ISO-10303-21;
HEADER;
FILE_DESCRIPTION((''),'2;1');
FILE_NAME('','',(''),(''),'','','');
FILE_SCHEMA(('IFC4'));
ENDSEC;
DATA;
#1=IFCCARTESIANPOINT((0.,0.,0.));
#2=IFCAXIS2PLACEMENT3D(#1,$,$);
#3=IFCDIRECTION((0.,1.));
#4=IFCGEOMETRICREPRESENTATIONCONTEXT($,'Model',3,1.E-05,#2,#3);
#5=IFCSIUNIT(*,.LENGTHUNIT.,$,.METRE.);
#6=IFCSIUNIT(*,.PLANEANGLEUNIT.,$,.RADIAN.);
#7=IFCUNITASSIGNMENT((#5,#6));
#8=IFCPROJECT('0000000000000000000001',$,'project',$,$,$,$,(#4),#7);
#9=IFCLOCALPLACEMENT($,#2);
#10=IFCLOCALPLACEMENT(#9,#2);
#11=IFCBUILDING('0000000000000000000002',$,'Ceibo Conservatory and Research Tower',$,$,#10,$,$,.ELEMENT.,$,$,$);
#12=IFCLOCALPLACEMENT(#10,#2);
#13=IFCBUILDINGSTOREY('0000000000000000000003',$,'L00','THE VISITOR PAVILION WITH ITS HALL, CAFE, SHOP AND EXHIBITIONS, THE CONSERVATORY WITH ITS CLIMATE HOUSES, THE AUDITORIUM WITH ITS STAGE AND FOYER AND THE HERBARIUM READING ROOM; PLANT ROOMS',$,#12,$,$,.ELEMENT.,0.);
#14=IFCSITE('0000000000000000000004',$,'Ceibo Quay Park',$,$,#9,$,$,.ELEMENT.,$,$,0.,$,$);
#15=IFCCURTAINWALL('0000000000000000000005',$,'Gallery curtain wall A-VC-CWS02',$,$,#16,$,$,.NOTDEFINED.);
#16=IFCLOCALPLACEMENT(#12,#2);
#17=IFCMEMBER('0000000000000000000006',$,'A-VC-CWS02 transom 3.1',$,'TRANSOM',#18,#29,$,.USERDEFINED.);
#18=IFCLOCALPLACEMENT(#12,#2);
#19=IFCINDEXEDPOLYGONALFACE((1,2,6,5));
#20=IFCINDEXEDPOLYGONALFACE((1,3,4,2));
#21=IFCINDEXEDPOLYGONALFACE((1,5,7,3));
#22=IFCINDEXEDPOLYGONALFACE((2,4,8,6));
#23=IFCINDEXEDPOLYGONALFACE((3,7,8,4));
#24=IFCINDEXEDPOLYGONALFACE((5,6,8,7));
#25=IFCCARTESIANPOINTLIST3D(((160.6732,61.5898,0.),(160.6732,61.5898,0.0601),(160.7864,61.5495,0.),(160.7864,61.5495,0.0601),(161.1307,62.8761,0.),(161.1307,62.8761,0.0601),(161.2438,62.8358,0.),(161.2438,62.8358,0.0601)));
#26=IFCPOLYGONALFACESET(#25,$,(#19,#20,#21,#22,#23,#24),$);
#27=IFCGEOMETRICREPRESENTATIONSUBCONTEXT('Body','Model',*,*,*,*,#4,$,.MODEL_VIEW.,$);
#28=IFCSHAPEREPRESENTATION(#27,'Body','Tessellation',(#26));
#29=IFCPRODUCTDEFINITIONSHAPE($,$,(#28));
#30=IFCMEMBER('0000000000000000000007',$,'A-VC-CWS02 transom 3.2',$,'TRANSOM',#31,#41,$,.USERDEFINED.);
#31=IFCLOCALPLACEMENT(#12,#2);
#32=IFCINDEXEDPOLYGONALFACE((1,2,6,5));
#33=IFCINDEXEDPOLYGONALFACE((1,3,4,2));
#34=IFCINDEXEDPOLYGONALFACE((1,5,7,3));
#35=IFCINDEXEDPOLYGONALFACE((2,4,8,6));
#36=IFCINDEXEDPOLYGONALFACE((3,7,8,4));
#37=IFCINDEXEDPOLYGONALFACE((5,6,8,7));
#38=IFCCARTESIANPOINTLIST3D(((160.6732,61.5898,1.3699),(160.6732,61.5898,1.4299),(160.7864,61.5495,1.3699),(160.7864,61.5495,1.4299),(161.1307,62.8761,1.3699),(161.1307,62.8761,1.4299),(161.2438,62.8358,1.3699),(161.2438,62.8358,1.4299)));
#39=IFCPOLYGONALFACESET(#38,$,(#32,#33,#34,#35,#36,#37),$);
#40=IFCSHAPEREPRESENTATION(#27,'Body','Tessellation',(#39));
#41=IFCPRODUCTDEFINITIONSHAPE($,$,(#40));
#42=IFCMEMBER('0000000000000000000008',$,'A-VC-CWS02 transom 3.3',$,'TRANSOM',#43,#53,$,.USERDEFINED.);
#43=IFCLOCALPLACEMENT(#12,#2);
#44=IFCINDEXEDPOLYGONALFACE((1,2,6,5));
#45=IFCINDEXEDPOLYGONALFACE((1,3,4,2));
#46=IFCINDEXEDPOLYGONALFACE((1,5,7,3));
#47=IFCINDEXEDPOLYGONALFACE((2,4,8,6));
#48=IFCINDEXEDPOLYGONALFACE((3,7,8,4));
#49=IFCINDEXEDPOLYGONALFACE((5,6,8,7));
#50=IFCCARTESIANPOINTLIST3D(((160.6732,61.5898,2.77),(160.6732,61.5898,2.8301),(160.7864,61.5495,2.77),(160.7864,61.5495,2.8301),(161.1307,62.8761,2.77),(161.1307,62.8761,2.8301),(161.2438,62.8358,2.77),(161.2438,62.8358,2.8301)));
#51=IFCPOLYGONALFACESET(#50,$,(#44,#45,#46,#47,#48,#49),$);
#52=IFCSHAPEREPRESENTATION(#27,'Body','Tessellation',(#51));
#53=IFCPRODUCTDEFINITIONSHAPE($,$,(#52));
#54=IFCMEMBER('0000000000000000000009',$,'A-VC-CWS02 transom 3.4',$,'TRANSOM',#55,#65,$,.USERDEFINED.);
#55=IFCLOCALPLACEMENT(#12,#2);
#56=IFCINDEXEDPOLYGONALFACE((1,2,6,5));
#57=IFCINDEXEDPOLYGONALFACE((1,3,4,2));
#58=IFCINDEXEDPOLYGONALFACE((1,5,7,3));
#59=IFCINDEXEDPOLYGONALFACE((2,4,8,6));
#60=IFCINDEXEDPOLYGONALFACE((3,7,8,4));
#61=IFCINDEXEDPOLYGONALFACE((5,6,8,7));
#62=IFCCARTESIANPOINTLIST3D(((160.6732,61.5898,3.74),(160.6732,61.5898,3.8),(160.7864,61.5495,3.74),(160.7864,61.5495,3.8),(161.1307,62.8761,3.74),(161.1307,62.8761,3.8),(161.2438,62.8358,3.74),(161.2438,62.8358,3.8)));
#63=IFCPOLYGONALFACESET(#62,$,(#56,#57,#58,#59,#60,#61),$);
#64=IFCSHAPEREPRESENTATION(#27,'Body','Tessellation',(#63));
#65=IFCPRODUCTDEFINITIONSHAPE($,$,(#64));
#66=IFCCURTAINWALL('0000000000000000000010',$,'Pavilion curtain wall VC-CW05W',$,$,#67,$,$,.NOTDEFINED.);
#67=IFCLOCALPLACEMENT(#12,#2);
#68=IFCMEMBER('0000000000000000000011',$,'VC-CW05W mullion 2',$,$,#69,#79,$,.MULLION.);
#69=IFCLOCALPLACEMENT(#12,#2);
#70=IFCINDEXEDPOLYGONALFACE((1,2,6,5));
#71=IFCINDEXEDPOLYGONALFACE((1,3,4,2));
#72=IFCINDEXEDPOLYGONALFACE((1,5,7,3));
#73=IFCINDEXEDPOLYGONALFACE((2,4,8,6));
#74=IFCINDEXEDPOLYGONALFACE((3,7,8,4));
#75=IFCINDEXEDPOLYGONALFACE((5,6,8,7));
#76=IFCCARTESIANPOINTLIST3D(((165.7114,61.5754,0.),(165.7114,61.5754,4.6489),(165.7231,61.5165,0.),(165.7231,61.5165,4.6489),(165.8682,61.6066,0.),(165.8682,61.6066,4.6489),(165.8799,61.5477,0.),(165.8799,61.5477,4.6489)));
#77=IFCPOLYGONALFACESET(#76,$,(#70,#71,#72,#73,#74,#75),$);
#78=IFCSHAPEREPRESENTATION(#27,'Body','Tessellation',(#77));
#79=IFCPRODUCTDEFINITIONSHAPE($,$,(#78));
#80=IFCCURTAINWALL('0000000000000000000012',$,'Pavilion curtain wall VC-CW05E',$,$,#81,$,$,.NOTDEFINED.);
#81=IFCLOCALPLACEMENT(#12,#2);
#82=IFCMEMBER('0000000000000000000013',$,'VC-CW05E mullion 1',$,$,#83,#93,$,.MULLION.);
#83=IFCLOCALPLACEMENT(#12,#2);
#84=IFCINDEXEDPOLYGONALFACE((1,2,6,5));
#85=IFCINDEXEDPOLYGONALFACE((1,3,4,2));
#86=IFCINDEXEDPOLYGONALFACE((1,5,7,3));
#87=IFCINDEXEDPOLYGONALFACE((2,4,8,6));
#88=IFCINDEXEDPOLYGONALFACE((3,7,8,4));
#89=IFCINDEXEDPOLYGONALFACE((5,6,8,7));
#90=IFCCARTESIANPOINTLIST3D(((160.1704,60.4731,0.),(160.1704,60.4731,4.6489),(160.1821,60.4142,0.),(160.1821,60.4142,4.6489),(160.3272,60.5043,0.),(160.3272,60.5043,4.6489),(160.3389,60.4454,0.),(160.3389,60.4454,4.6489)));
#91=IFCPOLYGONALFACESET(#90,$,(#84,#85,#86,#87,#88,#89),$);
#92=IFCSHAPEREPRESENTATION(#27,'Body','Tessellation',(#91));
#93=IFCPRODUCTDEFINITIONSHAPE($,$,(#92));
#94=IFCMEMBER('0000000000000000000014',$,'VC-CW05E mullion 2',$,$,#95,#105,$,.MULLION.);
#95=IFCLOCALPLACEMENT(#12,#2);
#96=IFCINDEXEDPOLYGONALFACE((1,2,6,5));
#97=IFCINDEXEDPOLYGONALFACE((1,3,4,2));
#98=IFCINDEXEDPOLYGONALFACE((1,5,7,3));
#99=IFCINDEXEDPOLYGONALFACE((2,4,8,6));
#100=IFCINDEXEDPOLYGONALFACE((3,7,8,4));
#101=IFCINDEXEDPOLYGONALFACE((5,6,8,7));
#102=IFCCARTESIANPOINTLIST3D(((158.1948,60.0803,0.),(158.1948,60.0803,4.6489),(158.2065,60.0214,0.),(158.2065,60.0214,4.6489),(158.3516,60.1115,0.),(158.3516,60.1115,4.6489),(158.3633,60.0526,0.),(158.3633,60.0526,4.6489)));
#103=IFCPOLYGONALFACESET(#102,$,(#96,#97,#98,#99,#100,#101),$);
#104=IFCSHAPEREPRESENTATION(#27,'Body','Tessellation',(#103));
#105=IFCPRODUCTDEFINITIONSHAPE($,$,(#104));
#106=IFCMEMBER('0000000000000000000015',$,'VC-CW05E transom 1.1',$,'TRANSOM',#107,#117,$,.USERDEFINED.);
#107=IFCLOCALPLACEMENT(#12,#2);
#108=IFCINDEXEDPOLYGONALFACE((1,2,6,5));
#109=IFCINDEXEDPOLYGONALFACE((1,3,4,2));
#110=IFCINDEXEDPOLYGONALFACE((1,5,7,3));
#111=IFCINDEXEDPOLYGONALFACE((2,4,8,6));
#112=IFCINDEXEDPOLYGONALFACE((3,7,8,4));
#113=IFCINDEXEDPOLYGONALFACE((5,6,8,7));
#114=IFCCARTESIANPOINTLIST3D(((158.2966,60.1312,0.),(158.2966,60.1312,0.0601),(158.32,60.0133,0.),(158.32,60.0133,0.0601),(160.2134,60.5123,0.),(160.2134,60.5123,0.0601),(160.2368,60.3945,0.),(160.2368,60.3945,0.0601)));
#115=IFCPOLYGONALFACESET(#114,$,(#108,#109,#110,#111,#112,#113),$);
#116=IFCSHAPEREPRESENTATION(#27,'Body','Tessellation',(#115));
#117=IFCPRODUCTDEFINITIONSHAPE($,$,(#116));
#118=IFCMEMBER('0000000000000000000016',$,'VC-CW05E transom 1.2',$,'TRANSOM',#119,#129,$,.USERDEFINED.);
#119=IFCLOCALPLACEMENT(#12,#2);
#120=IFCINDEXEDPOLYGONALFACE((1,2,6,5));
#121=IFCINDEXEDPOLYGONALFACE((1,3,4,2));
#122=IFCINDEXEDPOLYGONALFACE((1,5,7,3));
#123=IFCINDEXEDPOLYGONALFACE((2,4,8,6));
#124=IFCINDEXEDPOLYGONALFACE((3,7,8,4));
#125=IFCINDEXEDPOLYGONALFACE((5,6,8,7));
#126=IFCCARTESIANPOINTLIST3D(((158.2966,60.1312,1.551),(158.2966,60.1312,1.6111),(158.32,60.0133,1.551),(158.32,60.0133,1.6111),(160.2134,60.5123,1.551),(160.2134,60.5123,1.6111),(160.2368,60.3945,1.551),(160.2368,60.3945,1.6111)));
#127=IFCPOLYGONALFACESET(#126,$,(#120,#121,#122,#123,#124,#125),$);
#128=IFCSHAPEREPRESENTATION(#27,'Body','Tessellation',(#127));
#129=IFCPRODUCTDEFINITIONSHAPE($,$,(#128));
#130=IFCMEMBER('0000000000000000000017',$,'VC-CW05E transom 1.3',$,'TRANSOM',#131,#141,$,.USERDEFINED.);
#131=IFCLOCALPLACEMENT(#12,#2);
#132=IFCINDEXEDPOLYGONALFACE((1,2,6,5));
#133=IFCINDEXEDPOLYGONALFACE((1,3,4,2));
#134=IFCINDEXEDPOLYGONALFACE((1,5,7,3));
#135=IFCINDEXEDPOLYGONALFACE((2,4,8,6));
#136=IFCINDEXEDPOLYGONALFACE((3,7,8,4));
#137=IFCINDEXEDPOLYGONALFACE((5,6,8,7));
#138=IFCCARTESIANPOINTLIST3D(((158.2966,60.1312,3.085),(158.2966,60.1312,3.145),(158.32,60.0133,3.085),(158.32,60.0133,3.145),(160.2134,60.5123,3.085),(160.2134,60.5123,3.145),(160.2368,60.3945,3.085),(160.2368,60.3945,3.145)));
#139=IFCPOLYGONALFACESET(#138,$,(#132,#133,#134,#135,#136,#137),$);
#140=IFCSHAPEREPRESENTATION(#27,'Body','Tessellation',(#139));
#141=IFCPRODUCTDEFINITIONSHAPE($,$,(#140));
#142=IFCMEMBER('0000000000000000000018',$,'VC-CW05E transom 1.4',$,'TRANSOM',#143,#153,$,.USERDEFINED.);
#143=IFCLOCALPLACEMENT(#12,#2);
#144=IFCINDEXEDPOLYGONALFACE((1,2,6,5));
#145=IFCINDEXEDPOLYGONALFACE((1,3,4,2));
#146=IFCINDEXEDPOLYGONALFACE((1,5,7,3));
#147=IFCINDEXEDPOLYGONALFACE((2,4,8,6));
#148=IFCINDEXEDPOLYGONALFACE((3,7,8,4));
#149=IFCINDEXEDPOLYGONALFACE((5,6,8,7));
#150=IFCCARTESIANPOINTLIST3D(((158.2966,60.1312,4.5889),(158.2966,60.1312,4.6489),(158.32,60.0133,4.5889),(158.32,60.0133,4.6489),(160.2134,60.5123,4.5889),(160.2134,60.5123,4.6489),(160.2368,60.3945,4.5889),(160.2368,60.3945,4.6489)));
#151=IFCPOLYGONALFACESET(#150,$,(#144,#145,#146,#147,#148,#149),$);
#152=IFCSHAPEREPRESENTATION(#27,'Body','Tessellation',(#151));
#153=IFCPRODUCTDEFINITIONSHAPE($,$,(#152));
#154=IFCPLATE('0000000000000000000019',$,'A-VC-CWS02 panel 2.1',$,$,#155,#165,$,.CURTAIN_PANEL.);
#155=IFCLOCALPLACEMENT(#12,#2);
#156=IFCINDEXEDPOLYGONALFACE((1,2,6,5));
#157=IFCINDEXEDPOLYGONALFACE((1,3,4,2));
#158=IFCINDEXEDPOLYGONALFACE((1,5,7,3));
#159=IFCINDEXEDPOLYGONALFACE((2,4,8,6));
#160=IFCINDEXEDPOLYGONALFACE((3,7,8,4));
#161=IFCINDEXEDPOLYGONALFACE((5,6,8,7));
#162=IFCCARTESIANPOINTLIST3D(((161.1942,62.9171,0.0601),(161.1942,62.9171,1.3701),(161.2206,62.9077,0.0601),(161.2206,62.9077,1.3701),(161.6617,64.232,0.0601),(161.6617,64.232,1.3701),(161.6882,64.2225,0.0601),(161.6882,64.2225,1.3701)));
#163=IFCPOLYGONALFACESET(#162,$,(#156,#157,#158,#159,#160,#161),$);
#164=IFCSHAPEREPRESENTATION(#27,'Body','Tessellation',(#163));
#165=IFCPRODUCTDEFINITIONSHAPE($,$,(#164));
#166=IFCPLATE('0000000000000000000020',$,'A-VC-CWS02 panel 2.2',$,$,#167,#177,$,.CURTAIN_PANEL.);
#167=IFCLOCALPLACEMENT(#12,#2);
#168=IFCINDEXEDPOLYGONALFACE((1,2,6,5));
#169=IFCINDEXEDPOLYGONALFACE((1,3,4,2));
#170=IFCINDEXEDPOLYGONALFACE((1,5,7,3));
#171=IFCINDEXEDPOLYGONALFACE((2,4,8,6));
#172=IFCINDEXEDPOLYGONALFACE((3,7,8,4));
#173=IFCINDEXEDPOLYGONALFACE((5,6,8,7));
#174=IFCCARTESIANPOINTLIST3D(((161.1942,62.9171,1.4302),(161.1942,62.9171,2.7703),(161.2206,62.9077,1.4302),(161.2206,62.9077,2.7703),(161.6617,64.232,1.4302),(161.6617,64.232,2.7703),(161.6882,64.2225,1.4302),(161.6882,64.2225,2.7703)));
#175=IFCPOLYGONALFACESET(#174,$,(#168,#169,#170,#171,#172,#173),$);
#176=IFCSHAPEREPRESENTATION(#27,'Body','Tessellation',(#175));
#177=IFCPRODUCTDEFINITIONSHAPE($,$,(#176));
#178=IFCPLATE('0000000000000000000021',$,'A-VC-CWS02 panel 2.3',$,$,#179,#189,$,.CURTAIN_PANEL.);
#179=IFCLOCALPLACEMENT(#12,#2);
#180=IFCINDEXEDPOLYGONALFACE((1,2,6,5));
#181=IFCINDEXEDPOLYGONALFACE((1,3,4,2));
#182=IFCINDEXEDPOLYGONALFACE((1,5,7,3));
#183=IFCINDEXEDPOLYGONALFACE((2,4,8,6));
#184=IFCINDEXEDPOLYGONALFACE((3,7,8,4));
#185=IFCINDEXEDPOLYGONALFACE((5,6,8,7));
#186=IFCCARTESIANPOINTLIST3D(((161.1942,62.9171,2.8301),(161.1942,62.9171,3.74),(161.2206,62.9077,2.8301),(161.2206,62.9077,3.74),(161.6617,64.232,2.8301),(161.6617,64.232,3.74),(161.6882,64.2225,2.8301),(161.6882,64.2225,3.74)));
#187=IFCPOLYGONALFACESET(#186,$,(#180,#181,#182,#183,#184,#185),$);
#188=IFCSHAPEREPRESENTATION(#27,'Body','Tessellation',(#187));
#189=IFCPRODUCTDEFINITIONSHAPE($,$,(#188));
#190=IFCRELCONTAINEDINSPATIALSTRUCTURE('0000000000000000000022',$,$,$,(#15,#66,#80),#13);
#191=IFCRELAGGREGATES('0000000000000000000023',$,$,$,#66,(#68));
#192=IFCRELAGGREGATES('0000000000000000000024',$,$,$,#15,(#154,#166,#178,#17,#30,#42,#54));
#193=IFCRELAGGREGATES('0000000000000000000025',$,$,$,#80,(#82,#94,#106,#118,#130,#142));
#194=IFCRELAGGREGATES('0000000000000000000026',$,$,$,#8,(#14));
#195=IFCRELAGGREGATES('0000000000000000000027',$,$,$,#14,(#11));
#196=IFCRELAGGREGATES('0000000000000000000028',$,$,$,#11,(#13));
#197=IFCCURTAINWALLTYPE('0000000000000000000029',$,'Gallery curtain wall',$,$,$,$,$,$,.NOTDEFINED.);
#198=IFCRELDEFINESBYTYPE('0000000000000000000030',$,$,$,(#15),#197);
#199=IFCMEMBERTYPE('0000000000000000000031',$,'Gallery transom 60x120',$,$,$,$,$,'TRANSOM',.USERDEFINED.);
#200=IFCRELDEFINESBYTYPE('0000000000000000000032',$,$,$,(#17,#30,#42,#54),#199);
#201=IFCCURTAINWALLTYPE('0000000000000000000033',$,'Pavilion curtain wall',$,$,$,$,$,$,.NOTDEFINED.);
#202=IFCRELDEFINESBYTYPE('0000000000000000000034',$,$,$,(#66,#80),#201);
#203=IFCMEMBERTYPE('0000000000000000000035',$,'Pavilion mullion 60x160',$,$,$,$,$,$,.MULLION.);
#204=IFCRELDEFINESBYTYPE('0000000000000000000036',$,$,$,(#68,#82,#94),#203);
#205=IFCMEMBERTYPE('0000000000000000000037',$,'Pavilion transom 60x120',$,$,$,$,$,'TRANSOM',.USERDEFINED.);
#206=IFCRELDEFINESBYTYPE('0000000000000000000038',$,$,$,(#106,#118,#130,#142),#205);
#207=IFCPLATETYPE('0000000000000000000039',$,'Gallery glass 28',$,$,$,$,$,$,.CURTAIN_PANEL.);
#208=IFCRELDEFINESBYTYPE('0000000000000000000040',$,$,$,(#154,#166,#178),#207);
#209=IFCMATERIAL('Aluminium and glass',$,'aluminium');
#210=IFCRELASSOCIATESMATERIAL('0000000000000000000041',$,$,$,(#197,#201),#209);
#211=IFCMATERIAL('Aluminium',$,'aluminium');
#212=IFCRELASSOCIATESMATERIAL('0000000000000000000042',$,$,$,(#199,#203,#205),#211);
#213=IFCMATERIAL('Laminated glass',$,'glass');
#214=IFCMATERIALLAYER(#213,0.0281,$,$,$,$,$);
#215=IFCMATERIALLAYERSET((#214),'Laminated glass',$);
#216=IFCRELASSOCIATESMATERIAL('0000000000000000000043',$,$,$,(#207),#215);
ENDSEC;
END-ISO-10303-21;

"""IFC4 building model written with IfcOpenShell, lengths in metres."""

from ifc_helpers import new_model, si_unit, direction, frame, origin, origin_2d, place, context, subcontext, project, spatial, rectangle, extrude, material, layer, layer_set, material_profile, profile_set, type_object, element, aggregate, save


model = new_model("IFC4")

# Units and contexts
model_context = context("Model", 3, precision=1e-05, world=origin(), true_north=direction((0.0, 1.0)))
body_context = subcontext(model_context, "Body", "Model", "MODEL_VIEW")
ifc_project = project(units=[si_unit("LENGTHUNIT", "METRE"), si_unit("PLANEANGLEUNIT", "RADIAN")], contexts=[model_context])

# Site, building, storey
site_placement = place(None, origin())
site = spatial("IfcSite", under=ifc_project, at=site_placement, Name="Ceibo Quay Park", CompositionType="ELEMENT", RefElevation=0.0)
building_placement = place(site_placement, origin())
building = spatial("IfcBuilding", under=site, at=building_placement, Name="Ceibo Conservatory and Research Tower", CompositionType="ELEMENT")
storey_placement = place(building_placement, origin())
storey = spatial("IfcBuildingStorey", under=building, at=storey_placement, Name="L00", Description="THE VISITOR PAVILION WITH ITS HALL, CAFE, SHOP AND EXHIBITIONS, THE CONSERVATORY WITH ITS CLIMATE HOUSES, THE AUDITORIUM WITH ITS STAGE AND FOYER AND THE HERBARIUM READING ROOM; PLANT ROOMS", CompositionType="ELEMENT", Elevation=0.0)

# Curtain wall, members
ifc_material_1 = material(Name="Aluminium and glass", Category="aluminium")
curtain_wall_type_1 = type_object("IfcCurtainWallType", Name="Gallery curtain wall", PredefinedType="NOTDEFINED", material=ifc_material_1)
curtain_wall_1_placement = place(storey_placement, origin())
curtain_wall_1 = element("IfcCurtainWall", 1, at=curtain_wall_1_placement, inside=storey, type_object=curtain_wall_type_1, Name="Gallery curtain wall A-VC-CWS02", PredefinedType="NOTDEFINED")
ifc_material_2 = material(Name="Aluminium", Category="aluminium")
ifc_material_profile_1 = material_profile(ifc_material_2, rectangle(XDim=0.1201, YDim=0.0601, at=origin_2d()), Name="AL 60x120")
ifc_profile_set_1 = profile_set([ifc_material_profile_1], Name="Aluminium")
member_type_1 = type_object("IfcMemberType", Name="Gallery transom 60x120", ElementType="TRANSOM", PredefinedType="USERDEFINED", material=ifc_profile_set_1)
member_1_placement = place(storey_placement, frame((161.1873, 62.856, 0.03), z_axis=(-0.335101, -0.942182, 0.0), x_axis=(0.942182, -0.335101, 0.0)))
member_1 = element("IfcMember", 2, at=member_1_placement, type_object=member_type_1, Name="A-VC-CWS02 transom 3.1", ObjectType="TRANSOM", PredefinedType="USERDEFINED", context=body_context, shape_type="SweptSolid", body=[
    extrude(rectangle(XDim=0.1201, YDim=0.0601, at=origin_2d()), origin(), (0.0, 0.0, 1.0), 1.3652),
])
member_2_placement = place(storey_placement, frame((161.1873, 62.856, 1.3999), z_axis=(-0.335101, -0.942182, 0.0), x_axis=(0.942182, -0.335101, 0.0)))
member_2 = element("IfcMember", 3, at=member_2_placement, type_object=member_type_1, Name="A-VC-CWS02 transom 3.2", ObjectType="TRANSOM", PredefinedType="USERDEFINED", context=body_context, shape_type="SweptSolid", body=[
    extrude(rectangle(XDim=0.1201, YDim=0.0601, at=origin_2d()), origin(), (0.0, 0.0, 1.0), 1.3652),
])
member_3_placement = place(storey_placement, frame((161.1873, 62.856, 2.8), z_axis=(-0.335101, -0.942182, 0.0), x_axis=(0.942182, -0.335101, 0.0)))
member_3 = element("IfcMember", 4, at=member_3_placement, type_object=member_type_1, Name="A-VC-CWS02 transom 3.3", ObjectType="TRANSOM", PredefinedType="USERDEFINED", context=body_context, shape_type="SweptSolid", body=[
    extrude(rectangle(XDim=0.1201, YDim=0.0601, at=origin_2d()), origin(), (0.0, 0.0, 1.0), 1.3652),
])
member_4_placement = place(storey_placement, frame((161.1873, 62.856, 3.77), z_axis=(-0.335101, -0.942182, 0.0), x_axis=(0.942182, -0.335101, 0.0)))
member_4 = element("IfcMember", 5, at=member_4_placement, type_object=member_type_1, Name="A-VC-CWS02 transom 3.4", ObjectType="TRANSOM", PredefinedType="USERDEFINED", context=body_context, shape_type="SweptSolid", body=[
    extrude(rectangle(XDim=0.1201, YDim=0.0601, at=origin_2d()), origin(), (0.0, 0.0, 1.0), 1.3652),
])

# Curtain wall, member
curtain_wall_type_2 = type_object("IfcCurtainWallType", Name="Pavilion curtain wall", PredefinedType="NOTDEFINED", material=ifc_material_1)
curtain_wall_2_placement = place(storey_placement, origin())
curtain_wall_2 = element("IfcCurtainWall", 6, at=curtain_wall_2_placement, inside=storey, type_object=curtain_wall_type_2, Name="Pavilion curtain wall VC-CW05W", PredefinedType="NOTDEFINED")
ifc_material_profile_2 = material_profile(ifc_material_2, rectangle(XDim=0.0601, YDim=0.1599, at=origin_2d()), Name="AL 60x160")
ifc_profile_set_2 = profile_set([ifc_material_profile_2], Name="Aluminium")
member_type_2 = type_object("IfcMemberType", Name="Pavilion mullion 60x160", PredefinedType="MULLION", material=ifc_profile_set_2)
member_5_placement = place(storey_placement, frame((165.7957, 61.5615, 0.0), z_axis=(0.0, 0.0, 1.0), x_axis=(0.19509, -0.980785, 0.0)))
member_5 = element("IfcMember", 7, at=member_5_placement, type_object=member_type_2, Name="VC-CW05W mullion 2", PredefinedType="MULLION", context=body_context, shape_type="SweptSolid", body=[
    extrude(rectangle(XDim=0.0601, YDim=0.1599, at=origin_2d()), origin(), (0.0, 0.0, 1.0), 4.6489),
])
aggregate(curtain_wall_2, [member_5])

# Curtain wall, members
curtain_wall_3_placement = place(storey_placement, origin())
curtain_wall_3 = element("IfcCurtainWall", 8, at=curtain_wall_3_placement, inside=storey, type_object=curtain_wall_type_2, Name="Pavilion curtain wall VC-CW05E", PredefinedType="NOTDEFINED")
member_6_placement = place(storey_placement, frame((160.2546, 60.4592, 0.0), z_axis=(0.0, 0.0, 1.0), x_axis=(0.19509, -0.980785, 0.0)))
member_6 = element("IfcMember", 9, at=member_6_placement, type_object=member_type_2, Name="VC-CW05E mullion 1", PredefinedType="MULLION", context=body_context, shape_type="SweptSolid", body=[
    extrude(rectangle(XDim=0.0601, YDim=0.1599, at=origin_2d()), origin(), (0.0, 0.0, 1.0), 4.6489),
])
member_7_placement = place(storey_placement, frame((158.2791, 60.0664, 0.0), z_axis=(0.0, 0.0, 1.0), x_axis=(0.19509, -0.980785, 0.0)))
member_7 = element("IfcMember", 10, at=member_7_placement, type_object=member_type_2, Name="VC-CW05E mullion 2", PredefinedType="MULLION", context=body_context, shape_type="SweptSolid", body=[
    extrude(rectangle(XDim=0.0601, YDim=0.1599, at=origin_2d()), origin(), (0.0, 0.0, 1.0), 4.6489),
])
ifc_material_profile_3 = material_profile(ifc_material_2, rectangle(XDim=0.1201, YDim=0.0601, at=origin_2d()), Name="AL 60x120")
ifc_profile_set_3 = profile_set([ifc_material_profile_3], Name="Aluminium")
member_type_3 = type_object("IfcMemberType", Name="Pavilion transom 60x120", ElementType="TRANSOM", PredefinedType="USERDEFINED", material=ifc_profile_set_3)
member_8_placement = place(storey_placement, frame((160.2251, 60.4534, 0.03), z_axis=(-0.980801, -0.195011, 0.0), x_axis=(0.195011, -0.980801, 0.0)))
member_8 = element("IfcMember", 11, at=member_8_placement, type_object=member_type_3, Name="VC-CW05E transom 1.1", ObjectType="TRANSOM", PredefinedType="USERDEFINED", context=body_context, shape_type="SweptSolid", body=[
    extrude(rectangle(XDim=0.1201, YDim=0.0601, at=origin_2d()), origin(), (0.0, 0.0, 1.0), 1.9543),
])
member_9_placement = place(storey_placement, frame((160.2251, 60.4534, 1.5811), z_axis=(-0.980801, -0.195011, 0.0), x_axis=(0.195011, -0.980801, 0.0)))
member_9 = element("IfcMember", 12, at=member_9_placement, type_object=member_type_3, Name="VC-CW05E transom 1.2", ObjectType="TRANSOM", PredefinedType="USERDEFINED", context=body_context, shape_type="SweptSolid", body=[
    extrude(rectangle(XDim=0.1201, YDim=0.0601, at=origin_2d()), origin(), (0.0, 0.0, 1.0), 1.9543),
])
member_10_placement = place(storey_placement, frame((160.2251, 60.4534, 3.115), z_axis=(-0.980801, -0.195011, 0.0), x_axis=(0.195011, -0.980801, 0.0)))
member_10 = element("IfcMember", 13, at=member_10_placement, type_object=member_type_3, Name="VC-CW05E transom 1.3", ObjectType="TRANSOM", PredefinedType="USERDEFINED", context=body_context, shape_type="SweptSolid", body=[
    extrude(rectangle(XDim=0.1201, YDim=0.0601, at=origin_2d()), origin(), (0.0, 0.0, 1.0), 1.9543),
])
member_11_placement = place(storey_placement, frame((160.2251, 60.4534, 4.6189), z_axis=(-0.980801, -0.195011, 0.0), x_axis=(0.195011, -0.980801, 0.0)))
member_11 = element("IfcMember", 14, at=member_11_placement, type_object=member_type_3, Name="VC-CW05E transom 1.4", ObjectType="TRANSOM", PredefinedType="USERDEFINED", context=body_context, shape_type="SweptSolid", body=[
    extrude(rectangle(XDim=0.1201, YDim=0.0601, at=origin_2d()), origin(), (0.0, 0.0, 1.0), 1.9543),
])

# Plates
ifc_material_3 = material(Name="Laminated glass", Category="glass")
ifc_layer_1 = layer(ifc_material_3, 0.0281)
ifc_layer_set_1 = layer_set([ifc_layer_1], Name="Laminated glass")
plate_type_1 = type_object("IfcPlateType", Name="Gallery glass 28", PredefinedType="CURTAIN_PANEL", material=ifc_layer_set_1)
plate_1_placement = place(storey_placement, frame((161.4412, 63.5698, 0.0601), z_axis=(0.0, 0.0, 1.0), x_axis=(-0.33504, -0.942204, 0.0)))
plate_1 = element("IfcPlate", 15, at=plate_1_placement, type_object=plate_type_1, Name="A-VC-CWS02 panel 2.1", PredefinedType="CURTAIN_PANEL", context=body_context, shape_type="SweptSolid", body=[
    extrude(rectangle(XDim=1.3955, YDim=0.0281, at=origin_2d()), origin(), (0.0, 0.0, 1.0), 1.3101),
])
plate_2_placement = place(storey_placement, frame((161.4412, 63.5698, 1.4302), z_axis=(0.0, 0.0, 1.0), x_axis=(-0.33504, -0.942204, 0.0)))
plate_2 = element("IfcPlate", 16, at=plate_2_placement, type_object=plate_type_1, Name="A-VC-CWS02 panel 2.2", PredefinedType="CURTAIN_PANEL", context=body_context, shape_type="SweptSolid", body=[
    extrude(rectangle(XDim=1.3955, YDim=0.0281, at=origin_2d()), origin(), (0.0, 0.0, 1.0), 1.3401),
])
plate_3_placement = place(storey_placement, frame((161.4412, 63.5698, 2.8301), z_axis=(0.0, 0.0, 1.0), x_axis=(-0.33504, -0.942204, 0.0)))
plate_3 = element("IfcPlate", 17, at=plate_3_placement, type_object=plate_type_1, Name="A-VC-CWS02 panel 2.3", PredefinedType="CURTAIN_PANEL", context=body_context, shape_type="SweptSolid", body=[
    extrude(rectangle(XDim=1.3955, YDim=0.0281, at=origin_2d()), origin(), (0.0, 0.0, 1.0), 0.9099),
])
aggregate(curtain_wall_1, [plate_1, plate_2, plate_3, member_1, member_2, member_3, member_4])
aggregate(curtain_wall_3, [member_6, member_7, member_8, member_9, member_10, member_11])

save(model, "model.ifc")
